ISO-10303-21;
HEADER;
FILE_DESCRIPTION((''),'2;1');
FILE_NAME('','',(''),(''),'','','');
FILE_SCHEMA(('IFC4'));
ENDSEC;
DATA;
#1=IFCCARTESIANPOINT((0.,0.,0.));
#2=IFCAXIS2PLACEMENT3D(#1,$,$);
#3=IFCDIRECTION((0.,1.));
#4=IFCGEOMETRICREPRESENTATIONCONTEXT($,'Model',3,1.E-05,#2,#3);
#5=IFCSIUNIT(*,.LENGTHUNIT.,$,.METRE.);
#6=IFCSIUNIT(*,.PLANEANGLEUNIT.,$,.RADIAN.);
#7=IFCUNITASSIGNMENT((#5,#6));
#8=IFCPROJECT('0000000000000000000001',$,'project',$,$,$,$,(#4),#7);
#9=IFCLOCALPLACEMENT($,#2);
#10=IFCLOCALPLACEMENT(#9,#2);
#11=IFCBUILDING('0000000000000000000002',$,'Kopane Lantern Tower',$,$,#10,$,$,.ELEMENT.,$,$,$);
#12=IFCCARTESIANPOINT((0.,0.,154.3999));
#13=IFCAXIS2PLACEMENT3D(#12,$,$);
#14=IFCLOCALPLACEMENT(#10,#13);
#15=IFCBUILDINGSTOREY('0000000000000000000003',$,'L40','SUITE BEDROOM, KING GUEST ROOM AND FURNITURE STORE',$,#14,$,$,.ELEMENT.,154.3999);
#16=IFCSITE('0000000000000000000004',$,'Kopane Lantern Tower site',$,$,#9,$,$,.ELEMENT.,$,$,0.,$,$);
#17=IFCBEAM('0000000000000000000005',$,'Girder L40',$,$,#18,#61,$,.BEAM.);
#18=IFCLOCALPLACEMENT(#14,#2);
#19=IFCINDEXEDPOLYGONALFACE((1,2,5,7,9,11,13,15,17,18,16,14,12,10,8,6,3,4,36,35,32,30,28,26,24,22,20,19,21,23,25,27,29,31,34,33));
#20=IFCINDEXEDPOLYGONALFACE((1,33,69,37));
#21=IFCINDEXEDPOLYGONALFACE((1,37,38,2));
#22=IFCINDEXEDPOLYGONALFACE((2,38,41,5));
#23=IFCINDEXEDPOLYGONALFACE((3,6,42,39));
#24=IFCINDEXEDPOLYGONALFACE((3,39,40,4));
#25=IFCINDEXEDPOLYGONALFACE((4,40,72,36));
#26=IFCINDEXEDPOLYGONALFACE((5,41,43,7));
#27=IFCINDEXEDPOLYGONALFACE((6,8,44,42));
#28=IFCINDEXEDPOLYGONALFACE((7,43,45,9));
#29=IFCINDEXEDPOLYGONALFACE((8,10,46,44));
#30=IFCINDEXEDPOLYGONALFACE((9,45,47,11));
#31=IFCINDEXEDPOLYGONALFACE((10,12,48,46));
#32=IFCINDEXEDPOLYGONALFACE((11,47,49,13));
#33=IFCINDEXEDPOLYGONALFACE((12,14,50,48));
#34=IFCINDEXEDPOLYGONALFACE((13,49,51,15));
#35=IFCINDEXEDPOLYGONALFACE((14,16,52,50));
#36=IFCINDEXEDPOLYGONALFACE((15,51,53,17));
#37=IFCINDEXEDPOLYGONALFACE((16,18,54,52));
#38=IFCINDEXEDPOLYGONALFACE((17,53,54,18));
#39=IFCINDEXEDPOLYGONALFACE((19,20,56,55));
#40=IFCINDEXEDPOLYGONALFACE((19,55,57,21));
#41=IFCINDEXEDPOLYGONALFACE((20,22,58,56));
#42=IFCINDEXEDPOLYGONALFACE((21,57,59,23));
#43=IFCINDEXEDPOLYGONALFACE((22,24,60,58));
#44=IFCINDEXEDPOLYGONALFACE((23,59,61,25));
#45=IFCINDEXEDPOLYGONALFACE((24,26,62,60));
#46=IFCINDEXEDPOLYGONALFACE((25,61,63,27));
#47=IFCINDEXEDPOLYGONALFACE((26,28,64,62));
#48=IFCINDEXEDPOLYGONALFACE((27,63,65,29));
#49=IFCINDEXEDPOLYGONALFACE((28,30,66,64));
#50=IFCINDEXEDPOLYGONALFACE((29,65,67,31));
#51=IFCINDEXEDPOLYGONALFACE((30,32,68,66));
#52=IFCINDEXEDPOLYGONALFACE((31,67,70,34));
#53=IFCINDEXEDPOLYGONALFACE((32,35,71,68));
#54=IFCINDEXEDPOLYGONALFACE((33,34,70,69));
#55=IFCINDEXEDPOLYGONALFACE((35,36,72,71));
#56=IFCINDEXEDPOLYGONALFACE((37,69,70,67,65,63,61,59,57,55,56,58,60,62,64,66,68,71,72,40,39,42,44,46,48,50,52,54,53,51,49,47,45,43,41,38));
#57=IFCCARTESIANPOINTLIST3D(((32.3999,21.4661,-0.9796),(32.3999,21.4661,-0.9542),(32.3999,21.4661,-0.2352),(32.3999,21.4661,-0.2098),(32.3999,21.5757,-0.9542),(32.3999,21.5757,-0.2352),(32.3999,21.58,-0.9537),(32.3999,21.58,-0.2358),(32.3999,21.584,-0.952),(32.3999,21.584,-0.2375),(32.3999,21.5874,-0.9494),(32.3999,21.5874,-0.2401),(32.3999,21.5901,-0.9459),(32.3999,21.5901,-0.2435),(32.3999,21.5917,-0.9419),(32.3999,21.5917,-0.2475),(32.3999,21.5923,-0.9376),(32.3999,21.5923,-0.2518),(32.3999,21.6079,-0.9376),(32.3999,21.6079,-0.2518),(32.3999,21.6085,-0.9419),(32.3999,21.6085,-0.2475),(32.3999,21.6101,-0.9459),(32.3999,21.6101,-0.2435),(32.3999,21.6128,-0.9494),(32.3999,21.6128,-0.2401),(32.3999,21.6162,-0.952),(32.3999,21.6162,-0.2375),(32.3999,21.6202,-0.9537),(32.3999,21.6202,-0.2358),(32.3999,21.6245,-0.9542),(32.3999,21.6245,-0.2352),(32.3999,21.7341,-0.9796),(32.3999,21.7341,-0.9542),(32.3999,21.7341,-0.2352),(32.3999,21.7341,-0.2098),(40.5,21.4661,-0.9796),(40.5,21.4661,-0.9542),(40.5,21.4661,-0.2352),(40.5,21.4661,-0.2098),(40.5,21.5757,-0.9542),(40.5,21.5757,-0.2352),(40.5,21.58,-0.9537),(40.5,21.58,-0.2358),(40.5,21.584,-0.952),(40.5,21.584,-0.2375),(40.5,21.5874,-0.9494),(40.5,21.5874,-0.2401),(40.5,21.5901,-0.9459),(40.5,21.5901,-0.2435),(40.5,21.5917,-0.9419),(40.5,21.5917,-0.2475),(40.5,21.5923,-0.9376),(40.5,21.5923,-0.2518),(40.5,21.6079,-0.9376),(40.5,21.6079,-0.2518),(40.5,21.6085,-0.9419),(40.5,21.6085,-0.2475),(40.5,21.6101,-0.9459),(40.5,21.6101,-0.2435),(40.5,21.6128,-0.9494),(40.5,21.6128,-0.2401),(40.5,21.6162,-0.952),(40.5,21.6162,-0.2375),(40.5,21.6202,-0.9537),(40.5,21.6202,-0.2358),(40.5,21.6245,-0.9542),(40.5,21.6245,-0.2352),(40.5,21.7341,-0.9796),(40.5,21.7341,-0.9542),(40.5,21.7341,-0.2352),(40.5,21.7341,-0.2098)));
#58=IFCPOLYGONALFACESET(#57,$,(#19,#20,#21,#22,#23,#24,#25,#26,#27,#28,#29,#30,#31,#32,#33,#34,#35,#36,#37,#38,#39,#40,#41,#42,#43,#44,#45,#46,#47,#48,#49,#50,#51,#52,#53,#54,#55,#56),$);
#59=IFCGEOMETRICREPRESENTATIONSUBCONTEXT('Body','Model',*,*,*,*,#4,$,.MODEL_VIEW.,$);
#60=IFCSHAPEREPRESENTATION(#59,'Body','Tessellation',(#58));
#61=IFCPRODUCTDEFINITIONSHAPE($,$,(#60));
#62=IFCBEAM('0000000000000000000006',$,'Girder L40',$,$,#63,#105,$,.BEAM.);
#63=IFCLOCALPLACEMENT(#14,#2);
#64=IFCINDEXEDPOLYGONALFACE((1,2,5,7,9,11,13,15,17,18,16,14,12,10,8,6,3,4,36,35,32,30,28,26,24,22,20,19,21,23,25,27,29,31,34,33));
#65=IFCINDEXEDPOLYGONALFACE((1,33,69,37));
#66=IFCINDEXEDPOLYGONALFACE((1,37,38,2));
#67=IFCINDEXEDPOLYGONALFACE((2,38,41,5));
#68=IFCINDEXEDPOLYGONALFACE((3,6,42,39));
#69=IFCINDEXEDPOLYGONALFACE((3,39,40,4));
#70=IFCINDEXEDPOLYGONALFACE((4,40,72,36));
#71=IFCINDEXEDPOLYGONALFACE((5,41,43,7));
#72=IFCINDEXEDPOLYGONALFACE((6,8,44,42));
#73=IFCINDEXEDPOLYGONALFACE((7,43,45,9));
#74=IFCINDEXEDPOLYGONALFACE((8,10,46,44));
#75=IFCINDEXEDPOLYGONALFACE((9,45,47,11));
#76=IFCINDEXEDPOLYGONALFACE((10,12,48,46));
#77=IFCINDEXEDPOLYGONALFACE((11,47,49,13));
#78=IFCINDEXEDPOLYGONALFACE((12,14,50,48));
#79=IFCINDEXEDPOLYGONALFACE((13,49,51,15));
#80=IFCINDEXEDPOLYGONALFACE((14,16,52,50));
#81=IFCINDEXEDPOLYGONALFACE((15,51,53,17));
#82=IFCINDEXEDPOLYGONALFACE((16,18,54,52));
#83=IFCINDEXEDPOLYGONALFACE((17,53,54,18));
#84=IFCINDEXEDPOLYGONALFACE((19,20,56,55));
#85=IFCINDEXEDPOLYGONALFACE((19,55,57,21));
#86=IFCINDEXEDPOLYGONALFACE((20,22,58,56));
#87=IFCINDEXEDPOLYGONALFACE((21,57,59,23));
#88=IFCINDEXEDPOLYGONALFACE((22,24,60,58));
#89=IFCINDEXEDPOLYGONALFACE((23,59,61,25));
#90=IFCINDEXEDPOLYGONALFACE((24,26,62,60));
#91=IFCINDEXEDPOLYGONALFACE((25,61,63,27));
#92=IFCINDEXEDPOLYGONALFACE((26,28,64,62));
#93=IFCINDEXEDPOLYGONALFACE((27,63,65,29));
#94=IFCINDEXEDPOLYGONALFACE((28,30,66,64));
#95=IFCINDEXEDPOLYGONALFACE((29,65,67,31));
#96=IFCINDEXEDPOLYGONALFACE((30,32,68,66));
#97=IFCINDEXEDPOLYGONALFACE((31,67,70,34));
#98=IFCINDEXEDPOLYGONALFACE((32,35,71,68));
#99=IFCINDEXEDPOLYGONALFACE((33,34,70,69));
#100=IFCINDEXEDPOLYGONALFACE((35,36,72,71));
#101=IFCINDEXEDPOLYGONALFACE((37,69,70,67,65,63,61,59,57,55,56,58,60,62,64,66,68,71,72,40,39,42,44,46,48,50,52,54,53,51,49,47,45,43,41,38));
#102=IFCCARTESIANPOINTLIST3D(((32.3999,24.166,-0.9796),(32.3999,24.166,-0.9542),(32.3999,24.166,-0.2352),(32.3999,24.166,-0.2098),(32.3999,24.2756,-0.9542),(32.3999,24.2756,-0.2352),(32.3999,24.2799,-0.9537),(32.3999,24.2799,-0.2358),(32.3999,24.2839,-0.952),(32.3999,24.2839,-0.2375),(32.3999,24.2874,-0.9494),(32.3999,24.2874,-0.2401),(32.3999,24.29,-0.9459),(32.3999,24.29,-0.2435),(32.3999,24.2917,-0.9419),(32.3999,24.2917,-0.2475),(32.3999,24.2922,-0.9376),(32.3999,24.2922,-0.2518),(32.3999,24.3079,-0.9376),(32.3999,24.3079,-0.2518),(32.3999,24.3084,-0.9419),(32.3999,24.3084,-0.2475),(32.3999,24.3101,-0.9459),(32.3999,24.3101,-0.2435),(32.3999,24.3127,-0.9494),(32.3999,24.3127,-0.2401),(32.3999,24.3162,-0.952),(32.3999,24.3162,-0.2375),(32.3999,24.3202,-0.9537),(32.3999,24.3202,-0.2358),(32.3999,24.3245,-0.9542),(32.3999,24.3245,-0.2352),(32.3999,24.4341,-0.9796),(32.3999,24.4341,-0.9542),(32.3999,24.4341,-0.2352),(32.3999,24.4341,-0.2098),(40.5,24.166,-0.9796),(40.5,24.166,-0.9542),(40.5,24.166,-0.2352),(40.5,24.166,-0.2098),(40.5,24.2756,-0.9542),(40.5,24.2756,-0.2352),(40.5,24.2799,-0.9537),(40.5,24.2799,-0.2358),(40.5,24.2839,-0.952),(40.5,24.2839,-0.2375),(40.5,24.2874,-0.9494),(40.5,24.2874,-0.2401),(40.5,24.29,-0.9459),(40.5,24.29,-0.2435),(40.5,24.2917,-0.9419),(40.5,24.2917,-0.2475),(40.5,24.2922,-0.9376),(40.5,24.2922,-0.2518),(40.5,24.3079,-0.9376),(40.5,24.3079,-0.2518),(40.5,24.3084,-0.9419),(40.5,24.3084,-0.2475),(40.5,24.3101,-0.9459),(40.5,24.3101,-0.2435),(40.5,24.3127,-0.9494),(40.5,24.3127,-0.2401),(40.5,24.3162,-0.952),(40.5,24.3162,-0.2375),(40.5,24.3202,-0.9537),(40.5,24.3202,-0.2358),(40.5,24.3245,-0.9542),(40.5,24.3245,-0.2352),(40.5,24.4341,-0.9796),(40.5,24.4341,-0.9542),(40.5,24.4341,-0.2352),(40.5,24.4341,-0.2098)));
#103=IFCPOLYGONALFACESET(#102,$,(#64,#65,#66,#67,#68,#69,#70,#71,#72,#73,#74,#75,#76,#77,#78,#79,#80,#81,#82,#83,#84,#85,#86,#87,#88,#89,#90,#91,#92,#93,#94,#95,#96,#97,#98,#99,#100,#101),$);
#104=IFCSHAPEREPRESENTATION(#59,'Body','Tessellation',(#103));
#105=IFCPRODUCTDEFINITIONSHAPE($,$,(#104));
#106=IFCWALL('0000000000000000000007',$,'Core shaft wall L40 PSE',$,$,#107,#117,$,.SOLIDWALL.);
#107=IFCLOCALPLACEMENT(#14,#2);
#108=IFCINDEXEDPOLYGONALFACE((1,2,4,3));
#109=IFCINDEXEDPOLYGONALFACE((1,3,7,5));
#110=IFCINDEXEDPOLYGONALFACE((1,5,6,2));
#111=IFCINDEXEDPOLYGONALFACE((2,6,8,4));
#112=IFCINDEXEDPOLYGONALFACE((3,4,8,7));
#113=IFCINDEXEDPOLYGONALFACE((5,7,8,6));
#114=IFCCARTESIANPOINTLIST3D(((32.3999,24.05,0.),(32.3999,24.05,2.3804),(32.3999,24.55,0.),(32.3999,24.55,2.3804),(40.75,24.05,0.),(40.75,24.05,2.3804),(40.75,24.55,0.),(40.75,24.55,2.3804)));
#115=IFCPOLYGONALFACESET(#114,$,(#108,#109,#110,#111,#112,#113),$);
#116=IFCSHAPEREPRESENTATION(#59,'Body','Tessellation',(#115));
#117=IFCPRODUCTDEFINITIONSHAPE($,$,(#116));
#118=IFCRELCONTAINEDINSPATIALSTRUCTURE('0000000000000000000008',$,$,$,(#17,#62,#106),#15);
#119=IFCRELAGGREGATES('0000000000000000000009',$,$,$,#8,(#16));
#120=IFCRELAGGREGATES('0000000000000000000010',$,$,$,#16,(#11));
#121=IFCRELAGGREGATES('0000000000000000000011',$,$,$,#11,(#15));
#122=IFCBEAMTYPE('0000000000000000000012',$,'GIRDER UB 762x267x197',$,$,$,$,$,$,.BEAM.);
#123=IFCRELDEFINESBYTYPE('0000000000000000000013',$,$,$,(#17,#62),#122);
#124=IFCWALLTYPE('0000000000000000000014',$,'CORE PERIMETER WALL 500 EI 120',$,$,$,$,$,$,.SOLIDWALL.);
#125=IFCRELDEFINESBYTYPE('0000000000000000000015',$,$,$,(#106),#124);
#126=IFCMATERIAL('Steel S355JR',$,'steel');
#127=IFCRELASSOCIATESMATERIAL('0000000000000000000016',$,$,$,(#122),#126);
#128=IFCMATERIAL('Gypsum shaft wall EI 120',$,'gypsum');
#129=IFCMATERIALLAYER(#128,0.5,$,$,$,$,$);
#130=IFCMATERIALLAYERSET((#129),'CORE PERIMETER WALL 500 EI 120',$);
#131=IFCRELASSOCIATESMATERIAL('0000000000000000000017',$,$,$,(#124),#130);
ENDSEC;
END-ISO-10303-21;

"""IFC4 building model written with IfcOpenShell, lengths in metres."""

from ifc_helpers import new_model, si_unit, direction, frame, frame_2d, origin, origin_2d, place, context, subcontext, project, spatial, rectangle, i_section, extrude, material, layer, layer_set, material_profile, profile_set, type_object, element, save


model = new_model("IFC4")

# Units and contexts
model_context = context("Model", 3, precision=1e-05, world=origin(), true_north=direction((0.0, 1.0)))
body_context = subcontext(model_context, "Body", "Model", "MODEL_VIEW")
ifc_project = project(units=[si_unit("LENGTHUNIT", "METRE"), si_unit("PLANEANGLEUNIT", "RADIAN")], contexts=[model_context])

# Site, building, storey
site_placement = place(None, origin())
site = spatial("IfcSite", under=ifc_project, at=site_placement, Name="Kopane Lantern Tower site", CompositionType="ELEMENT", RefElevation=0.0)
building_placement = place(site_placement, origin())
building = spatial("IfcBuilding", under=site, at=building_placement, Name="Kopane Lantern Tower", CompositionType="ELEMENT")
storey_placement = place(building_placement, frame((0.0, 0.0, 154.3999)))
storey = spatial("IfcBuildingStorey", under=building, at=storey_placement, Name="L40", Description="SUITE BEDROOM, KING GUEST ROOM AND FURNITURE STORE", CompositionType="ELEMENT", Elevation=154.3999)

# Beams
ifc_material_1 = material(Name="Steel S355JR", Category="steel")
ifc_material_profile_1 = material_profile(ifc_material_1, i_section(OverallWidth=0.2681, OverallDepth=0.7698, WebThickness=0.0156, FlangeThickness=0.0254, FilletRadius=0.0166, at=origin_2d()), Name="UB 762x267x197")
ifc_profile_set_1 = profile_set([ifc_material_profile_1], Name="Steel S355JR")
beam_type_1 = type_object("IfcBeamType", Name="GIRDER UB 762x267x197", PredefinedType="BEAM", material=ifc_profile_set_1)
for number, where, z_axis, x_axis, name in (
    (1, (32.3999, 21.6001, -0.5947), (1.0, 0.0, 0.0), (0.0, 1.0, 0.0), "Girder L40"),
    (2, (32.3999, 24.3, -0.5947), (1.0, 0.0, 0.0), (0.0, 1.0, 0.0), "Girder L40"),
):
    element("IfcBeam", number, at=place(storey_placement, frame(where, z_axis=z_axis, x_axis=x_axis)), inside=storey, type_object=beam_type_1, Name=name, PredefinedType="BEAM", context=body_context, shape_type="SweptSolid", body=[
        extrude(i_section(OverallWidth=0.2681, OverallDepth=0.7698, WebThickness=0.0156, FlangeThickness=0.0254, FilletRadius=0.0166, at=origin_2d()), origin(), (0.0, 0.0, 1.0), 8.1001),
    ])

# Wall
ifc_material_2 = material(Name="Gypsum shaft wall EI 120", Category="gypsum")
ifc_layer_1 = layer(ifc_material_2, 0.5)
ifc_layer_set_1 = layer_set([ifc_layer_1], Name="CORE PERIMETER WALL 500 EI 120")
wall_type_1 = type_object("IfcWallType", Name="CORE PERIMETER WALL 500 EI 120", PredefinedType="SOLIDWALL", material=ifc_layer_set_1)
wall_1_placement = place(storey_placement, frame((32.3999, 24.3, 0.0), z_axis=(0.0, 0.0, 1.0), x_axis=(1.0, 0.0, 0.0)))
element("IfcWall", 3, at=wall_1_placement, inside=storey, type_object=wall_type_1, Name="Core shaft wall L40 PSE", PredefinedType="SOLIDWALL", context=body_context, shape_type="SweptSolid", body=[
    extrude(rectangle(XDim=8.3501, YDim=0.5, at=frame_2d((4.175, 0.0))), origin(), (0.0, 0.0, 1.0), 2.3804),
])

save(model, "model.ifc")
